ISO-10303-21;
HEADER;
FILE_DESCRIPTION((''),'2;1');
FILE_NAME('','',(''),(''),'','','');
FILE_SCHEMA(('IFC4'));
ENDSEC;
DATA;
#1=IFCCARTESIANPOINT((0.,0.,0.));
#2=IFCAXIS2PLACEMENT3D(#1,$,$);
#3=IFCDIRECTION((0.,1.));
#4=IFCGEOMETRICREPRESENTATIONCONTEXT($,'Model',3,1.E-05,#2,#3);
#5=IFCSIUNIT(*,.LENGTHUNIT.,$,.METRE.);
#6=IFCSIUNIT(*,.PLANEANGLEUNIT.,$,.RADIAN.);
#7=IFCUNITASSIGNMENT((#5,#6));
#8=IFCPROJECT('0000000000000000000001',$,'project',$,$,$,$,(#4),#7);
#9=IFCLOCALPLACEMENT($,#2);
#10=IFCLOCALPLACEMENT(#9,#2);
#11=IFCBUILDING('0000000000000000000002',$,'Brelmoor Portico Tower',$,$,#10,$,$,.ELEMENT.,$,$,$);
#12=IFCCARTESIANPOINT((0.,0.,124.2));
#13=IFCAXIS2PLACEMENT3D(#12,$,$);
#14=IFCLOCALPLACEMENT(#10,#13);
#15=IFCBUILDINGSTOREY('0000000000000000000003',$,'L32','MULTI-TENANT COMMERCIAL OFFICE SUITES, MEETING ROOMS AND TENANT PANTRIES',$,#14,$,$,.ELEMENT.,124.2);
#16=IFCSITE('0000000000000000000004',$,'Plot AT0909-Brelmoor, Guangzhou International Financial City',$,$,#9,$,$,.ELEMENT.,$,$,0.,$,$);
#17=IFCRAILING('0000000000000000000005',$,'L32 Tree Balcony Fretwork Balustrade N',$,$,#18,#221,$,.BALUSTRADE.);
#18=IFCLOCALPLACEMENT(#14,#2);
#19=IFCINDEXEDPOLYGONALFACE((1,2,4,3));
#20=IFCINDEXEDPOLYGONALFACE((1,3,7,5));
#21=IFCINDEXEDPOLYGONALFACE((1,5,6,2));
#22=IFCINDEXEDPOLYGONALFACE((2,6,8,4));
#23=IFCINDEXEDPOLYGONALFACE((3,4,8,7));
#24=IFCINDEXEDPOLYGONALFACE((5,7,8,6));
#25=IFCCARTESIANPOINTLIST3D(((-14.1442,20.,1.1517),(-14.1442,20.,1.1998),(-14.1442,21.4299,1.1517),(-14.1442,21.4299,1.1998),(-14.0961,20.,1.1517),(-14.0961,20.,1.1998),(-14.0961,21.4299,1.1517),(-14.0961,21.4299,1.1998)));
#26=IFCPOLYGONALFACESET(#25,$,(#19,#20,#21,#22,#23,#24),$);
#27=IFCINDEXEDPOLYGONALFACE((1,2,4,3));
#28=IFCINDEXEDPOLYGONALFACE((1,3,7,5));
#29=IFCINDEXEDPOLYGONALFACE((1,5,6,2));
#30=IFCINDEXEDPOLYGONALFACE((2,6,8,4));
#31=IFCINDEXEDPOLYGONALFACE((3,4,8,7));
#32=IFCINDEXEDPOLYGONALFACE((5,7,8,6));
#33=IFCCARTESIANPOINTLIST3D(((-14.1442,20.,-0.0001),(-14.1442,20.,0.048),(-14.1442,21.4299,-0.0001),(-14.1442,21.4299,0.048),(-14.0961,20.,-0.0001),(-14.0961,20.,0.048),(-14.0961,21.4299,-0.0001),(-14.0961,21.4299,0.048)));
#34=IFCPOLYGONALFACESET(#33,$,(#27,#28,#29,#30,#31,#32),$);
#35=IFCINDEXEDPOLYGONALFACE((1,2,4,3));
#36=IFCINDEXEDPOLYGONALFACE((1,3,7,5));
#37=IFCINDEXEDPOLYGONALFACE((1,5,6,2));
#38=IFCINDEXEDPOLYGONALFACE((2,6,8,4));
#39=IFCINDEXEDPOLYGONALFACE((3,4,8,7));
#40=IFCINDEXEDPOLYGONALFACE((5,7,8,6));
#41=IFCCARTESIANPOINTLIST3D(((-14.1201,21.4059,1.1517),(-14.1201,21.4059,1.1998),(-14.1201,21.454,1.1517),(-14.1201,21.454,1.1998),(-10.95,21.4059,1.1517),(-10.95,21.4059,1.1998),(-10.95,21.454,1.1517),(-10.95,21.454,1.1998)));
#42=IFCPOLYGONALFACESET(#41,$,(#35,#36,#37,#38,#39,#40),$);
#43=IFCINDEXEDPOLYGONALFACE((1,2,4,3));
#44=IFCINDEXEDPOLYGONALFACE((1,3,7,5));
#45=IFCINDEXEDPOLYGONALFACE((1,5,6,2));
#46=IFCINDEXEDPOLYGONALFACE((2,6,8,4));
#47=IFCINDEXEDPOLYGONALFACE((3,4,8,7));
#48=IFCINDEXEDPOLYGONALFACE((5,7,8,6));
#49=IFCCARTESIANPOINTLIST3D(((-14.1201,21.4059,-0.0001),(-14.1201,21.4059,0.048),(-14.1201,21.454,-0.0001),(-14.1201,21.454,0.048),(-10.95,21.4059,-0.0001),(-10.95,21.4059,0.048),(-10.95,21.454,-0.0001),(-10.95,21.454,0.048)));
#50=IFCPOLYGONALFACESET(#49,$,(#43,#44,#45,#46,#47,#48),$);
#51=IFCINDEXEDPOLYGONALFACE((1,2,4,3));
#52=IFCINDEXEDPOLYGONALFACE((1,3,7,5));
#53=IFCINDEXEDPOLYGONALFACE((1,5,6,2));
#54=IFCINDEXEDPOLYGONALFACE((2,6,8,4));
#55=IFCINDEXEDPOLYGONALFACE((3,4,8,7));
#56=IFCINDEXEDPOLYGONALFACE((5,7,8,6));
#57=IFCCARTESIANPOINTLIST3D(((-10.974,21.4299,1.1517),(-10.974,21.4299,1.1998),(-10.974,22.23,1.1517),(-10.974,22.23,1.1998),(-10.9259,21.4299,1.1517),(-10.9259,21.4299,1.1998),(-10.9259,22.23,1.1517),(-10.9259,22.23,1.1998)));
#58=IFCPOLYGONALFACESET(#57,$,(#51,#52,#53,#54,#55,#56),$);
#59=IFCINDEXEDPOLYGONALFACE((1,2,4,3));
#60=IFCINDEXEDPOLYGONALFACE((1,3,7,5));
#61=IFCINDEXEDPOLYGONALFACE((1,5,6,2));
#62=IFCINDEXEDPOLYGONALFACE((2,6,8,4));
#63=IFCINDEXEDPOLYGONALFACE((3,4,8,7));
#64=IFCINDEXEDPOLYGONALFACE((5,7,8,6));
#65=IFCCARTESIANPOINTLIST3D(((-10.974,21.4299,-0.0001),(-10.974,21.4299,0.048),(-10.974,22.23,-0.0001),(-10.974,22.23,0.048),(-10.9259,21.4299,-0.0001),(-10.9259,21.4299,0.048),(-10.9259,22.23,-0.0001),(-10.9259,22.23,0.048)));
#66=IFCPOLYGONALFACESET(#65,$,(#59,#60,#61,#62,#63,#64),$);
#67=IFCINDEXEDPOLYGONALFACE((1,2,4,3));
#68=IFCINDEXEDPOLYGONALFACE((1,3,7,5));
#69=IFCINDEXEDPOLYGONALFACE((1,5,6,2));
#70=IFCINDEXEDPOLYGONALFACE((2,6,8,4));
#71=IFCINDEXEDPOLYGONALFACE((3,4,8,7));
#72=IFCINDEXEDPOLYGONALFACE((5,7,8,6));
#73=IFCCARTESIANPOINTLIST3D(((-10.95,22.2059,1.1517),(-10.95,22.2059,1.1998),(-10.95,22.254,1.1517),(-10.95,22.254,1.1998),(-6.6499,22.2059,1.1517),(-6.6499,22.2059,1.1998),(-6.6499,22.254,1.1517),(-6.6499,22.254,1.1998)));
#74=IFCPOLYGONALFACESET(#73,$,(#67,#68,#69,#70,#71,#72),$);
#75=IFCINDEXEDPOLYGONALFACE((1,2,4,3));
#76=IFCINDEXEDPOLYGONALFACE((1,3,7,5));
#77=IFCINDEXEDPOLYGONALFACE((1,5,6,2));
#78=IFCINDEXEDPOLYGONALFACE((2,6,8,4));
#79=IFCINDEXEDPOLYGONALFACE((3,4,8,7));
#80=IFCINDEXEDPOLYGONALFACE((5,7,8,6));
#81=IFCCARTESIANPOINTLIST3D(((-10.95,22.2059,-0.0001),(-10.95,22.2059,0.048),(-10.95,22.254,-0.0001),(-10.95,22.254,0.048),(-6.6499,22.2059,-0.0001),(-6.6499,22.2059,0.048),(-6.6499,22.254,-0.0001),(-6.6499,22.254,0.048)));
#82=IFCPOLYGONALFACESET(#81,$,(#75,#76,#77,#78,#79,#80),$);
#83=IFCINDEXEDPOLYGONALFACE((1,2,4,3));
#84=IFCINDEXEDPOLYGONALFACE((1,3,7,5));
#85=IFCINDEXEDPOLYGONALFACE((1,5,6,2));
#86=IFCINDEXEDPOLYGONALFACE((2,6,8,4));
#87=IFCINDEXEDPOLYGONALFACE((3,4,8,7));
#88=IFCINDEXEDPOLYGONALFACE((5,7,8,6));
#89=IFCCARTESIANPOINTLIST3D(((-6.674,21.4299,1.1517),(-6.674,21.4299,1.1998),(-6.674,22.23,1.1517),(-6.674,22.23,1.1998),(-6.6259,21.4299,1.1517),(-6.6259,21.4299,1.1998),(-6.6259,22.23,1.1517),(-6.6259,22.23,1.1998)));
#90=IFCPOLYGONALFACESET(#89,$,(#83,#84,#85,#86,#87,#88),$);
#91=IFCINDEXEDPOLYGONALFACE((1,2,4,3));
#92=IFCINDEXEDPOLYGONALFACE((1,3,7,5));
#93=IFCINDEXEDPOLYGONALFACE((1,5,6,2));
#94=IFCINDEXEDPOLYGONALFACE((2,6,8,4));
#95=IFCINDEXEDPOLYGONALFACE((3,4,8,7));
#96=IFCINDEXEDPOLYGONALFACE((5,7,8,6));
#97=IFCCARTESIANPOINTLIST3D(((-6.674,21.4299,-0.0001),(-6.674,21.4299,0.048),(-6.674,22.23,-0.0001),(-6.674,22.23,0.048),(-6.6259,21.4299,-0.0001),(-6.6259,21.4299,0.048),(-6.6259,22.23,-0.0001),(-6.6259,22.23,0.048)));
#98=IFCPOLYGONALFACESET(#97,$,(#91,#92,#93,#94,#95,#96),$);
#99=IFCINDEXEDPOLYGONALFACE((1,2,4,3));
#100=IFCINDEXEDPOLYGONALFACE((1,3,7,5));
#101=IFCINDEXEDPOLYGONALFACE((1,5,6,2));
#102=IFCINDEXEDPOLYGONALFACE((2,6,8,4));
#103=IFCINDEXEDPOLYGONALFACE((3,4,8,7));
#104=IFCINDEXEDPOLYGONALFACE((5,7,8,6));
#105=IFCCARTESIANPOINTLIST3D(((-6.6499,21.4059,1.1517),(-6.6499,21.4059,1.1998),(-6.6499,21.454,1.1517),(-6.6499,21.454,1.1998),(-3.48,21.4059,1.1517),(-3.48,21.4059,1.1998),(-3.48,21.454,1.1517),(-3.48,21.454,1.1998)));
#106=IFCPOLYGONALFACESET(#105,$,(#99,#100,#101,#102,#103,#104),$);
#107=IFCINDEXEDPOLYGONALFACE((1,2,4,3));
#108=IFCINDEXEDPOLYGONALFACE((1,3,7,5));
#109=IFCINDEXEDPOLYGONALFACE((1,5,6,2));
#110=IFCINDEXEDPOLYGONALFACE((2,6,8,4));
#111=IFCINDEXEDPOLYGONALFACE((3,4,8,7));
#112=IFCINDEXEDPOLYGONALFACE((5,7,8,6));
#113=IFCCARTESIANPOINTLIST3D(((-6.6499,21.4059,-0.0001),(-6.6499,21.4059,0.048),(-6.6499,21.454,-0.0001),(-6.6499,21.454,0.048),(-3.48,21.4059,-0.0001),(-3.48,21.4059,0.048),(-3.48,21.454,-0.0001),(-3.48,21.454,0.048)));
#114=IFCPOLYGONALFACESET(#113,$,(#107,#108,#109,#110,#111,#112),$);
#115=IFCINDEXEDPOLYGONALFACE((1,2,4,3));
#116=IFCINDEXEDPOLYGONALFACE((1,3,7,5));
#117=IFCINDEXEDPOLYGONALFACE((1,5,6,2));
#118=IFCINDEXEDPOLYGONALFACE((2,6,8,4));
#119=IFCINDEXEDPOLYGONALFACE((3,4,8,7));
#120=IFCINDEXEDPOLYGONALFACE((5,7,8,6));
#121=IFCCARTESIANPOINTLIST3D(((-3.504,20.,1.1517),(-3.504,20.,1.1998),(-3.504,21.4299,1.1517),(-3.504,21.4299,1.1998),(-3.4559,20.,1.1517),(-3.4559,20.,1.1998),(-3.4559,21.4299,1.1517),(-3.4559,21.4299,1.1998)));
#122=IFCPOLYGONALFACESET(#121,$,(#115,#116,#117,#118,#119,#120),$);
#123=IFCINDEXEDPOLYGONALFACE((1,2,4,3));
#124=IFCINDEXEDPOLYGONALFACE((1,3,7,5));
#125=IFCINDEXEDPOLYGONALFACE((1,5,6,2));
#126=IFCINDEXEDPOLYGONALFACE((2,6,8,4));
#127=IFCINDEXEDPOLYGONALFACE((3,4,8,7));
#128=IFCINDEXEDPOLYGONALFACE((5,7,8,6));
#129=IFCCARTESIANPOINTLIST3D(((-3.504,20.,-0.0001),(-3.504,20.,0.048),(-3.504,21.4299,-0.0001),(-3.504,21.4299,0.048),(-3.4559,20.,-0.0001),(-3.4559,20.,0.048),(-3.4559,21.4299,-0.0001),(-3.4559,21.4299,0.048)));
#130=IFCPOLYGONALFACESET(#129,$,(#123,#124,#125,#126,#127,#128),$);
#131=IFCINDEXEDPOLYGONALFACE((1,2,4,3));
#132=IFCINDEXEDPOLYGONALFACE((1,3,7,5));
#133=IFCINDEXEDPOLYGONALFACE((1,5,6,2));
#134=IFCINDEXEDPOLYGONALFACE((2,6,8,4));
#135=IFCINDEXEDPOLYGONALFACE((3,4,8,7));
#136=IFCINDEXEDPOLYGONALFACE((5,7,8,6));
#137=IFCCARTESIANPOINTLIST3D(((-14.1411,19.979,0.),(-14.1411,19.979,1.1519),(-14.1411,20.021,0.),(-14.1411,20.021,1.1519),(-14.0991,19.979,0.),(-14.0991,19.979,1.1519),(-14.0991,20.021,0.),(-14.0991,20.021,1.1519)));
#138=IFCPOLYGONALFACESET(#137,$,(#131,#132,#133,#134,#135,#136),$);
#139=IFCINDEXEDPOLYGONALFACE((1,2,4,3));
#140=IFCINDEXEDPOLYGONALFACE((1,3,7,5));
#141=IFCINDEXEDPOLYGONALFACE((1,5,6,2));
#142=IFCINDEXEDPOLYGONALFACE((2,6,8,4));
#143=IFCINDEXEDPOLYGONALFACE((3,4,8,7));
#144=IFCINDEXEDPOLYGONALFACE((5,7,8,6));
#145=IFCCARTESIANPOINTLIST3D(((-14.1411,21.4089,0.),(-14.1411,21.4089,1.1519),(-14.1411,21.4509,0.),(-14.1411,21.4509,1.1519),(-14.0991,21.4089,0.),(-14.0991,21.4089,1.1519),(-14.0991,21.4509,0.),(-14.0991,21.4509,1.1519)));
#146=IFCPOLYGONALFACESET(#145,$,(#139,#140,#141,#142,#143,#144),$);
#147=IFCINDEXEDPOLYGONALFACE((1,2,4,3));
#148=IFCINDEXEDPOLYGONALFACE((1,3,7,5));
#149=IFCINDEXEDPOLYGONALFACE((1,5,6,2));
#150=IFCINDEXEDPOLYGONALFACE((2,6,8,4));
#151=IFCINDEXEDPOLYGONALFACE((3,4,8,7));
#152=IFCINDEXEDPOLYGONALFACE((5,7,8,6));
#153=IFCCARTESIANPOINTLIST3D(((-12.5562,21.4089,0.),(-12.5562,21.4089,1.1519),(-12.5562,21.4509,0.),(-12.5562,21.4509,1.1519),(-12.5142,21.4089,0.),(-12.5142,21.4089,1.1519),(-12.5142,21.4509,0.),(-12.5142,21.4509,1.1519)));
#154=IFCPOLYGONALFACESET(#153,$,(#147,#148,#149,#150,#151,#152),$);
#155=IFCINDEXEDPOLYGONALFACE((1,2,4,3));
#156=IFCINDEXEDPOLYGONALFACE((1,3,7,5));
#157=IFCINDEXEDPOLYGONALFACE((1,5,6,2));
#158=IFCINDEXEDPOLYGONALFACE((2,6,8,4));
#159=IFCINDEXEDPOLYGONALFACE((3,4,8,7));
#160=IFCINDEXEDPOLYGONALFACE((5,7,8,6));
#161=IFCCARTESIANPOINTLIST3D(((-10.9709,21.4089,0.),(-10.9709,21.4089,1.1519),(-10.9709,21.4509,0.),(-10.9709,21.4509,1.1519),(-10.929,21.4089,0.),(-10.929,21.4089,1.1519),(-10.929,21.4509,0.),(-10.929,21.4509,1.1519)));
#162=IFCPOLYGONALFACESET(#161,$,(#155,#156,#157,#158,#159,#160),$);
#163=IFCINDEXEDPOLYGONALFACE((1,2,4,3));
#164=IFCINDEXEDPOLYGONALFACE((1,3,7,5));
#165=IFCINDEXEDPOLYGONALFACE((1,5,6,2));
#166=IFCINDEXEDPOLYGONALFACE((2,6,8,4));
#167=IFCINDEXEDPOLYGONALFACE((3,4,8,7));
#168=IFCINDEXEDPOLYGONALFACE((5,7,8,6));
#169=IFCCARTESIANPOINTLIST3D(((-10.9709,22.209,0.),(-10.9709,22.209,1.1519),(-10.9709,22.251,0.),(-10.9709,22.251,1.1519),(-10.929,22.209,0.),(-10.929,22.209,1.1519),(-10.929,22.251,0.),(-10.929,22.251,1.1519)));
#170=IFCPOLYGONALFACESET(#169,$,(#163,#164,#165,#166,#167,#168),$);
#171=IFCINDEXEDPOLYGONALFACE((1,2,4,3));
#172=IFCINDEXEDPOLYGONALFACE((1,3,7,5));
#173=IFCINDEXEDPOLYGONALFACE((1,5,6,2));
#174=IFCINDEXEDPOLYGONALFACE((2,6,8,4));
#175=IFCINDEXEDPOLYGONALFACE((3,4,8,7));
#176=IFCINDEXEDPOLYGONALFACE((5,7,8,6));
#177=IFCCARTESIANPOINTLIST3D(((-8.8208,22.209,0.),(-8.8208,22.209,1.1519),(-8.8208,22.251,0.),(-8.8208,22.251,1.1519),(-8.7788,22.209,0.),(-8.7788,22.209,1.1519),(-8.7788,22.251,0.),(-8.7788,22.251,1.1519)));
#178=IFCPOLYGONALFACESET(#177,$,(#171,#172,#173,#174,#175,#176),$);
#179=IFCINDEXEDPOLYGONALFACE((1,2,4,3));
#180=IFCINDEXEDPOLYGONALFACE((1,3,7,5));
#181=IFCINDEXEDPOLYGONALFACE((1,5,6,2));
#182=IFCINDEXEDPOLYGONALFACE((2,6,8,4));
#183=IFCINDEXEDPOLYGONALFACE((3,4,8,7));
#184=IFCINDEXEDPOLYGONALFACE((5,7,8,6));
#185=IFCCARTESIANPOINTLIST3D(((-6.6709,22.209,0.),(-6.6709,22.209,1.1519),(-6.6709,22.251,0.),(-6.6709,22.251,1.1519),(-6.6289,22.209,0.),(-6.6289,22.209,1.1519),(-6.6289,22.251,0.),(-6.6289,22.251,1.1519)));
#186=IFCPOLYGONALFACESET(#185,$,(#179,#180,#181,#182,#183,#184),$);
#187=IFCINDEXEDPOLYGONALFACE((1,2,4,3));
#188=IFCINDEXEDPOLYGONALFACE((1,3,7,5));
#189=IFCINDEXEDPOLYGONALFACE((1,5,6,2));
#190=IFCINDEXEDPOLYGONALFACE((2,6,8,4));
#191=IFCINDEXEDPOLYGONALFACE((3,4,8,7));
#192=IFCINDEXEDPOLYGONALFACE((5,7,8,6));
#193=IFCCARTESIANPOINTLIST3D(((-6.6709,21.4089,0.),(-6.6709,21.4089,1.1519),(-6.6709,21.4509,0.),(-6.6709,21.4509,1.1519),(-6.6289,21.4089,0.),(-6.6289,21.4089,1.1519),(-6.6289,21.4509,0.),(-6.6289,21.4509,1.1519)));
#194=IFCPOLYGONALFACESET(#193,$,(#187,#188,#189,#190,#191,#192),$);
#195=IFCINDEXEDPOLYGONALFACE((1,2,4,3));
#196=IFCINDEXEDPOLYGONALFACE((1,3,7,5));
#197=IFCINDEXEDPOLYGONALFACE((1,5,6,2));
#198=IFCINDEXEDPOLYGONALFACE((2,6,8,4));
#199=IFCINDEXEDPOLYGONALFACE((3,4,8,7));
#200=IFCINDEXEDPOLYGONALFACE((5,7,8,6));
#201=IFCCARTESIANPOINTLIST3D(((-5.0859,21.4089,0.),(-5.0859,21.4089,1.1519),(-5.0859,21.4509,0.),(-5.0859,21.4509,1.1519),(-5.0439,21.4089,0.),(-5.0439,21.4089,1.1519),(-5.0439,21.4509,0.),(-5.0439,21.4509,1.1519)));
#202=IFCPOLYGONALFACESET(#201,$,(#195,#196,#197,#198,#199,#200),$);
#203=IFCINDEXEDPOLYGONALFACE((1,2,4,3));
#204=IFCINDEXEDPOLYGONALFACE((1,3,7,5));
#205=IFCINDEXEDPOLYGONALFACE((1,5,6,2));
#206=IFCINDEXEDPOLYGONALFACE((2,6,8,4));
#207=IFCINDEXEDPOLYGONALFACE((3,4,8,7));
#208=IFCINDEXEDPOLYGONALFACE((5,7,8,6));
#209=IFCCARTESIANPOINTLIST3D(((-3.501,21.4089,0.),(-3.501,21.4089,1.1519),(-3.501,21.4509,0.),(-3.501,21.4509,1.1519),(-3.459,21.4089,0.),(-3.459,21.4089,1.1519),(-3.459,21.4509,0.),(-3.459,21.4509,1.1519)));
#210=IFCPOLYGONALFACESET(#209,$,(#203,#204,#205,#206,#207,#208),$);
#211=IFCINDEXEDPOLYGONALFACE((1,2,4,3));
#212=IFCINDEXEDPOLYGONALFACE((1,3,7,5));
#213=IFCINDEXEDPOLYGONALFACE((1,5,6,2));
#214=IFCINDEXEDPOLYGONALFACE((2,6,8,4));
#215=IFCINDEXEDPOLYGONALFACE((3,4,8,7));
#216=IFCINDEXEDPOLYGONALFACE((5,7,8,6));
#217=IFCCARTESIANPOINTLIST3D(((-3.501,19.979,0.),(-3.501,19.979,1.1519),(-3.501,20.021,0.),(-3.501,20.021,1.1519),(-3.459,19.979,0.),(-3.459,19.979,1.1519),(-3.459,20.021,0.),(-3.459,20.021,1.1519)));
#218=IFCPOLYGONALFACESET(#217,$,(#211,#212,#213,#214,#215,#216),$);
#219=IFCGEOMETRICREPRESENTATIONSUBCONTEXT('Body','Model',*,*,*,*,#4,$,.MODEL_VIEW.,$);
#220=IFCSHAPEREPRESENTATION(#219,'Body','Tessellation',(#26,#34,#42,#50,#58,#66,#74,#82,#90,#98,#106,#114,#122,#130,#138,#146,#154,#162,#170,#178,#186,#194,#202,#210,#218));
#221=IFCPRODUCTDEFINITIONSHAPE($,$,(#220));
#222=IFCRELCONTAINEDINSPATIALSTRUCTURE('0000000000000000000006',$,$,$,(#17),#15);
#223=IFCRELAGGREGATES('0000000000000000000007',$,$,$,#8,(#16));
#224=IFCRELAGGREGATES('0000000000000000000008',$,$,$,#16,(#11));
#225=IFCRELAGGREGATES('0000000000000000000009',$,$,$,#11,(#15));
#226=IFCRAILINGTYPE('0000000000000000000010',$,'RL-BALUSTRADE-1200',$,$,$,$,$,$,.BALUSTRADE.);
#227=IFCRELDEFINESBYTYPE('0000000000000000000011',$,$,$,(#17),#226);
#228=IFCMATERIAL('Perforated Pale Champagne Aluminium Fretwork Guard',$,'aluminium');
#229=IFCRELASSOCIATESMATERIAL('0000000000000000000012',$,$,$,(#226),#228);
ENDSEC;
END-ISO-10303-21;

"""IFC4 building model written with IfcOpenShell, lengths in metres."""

from ifc_helpers import new_model, si_unit, direction, frame, origin, origin_2d, place, context, subcontext, project, spatial, rectangle, extrude, material, type_object, element, save


model = new_model("IFC4")

# Units and contexts
model_context = context("Model", 3, precision=1e-05, world=origin(), true_north=direction((0.0, 1.0)))
body_context = subcontext(model_context, "Body", "Model", "MODEL_VIEW")
ifc_project = project(units=[si_unit("LENGTHUNIT", "METRE"), si_unit("PLANEANGLEUNIT", "RADIAN")], contexts=[model_context])

# Site, building, storey
site_placement = place(None, origin())
site = spatial("IfcSite", under=ifc_project, at=site_placement, Name="Plot AT0909-Brelmoor, Guangzhou International Financial City", CompositionType="ELEMENT", RefElevation=0.0)
building_placement = place(site_placement, origin())
building = spatial("IfcBuilding", under=site, at=building_placement, Name="Brelmoor Portico Tower", CompositionType="ELEMENT")
storey_placement = place(building_placement, frame((0.0, 0.0, 124.2)))
storey = spatial("IfcBuildingStorey", under=building, at=storey_placement, Name="L32", Description="MULTI-TENANT COMMERCIAL OFFICE SUITES, MEETING ROOMS AND TENANT PANTRIES", CompositionType="ELEMENT", Elevation=124.2)

# Railing
ifc_material_1 = material(Name="Perforated Pale Champagne Aluminium Fretwork Guard", Category="aluminium")
railing_type = type_object("IfcRailingType", Name="RL-BALUSTRADE-1200", PredefinedType="BALUSTRADE", material=ifc_material_1)
railing_placement = place(storey_placement, frame((-14.1201, 20.0, 0.0)))
element("IfcRailing", 1, at=railing_placement, inside=storey, type_object=railing_type, Name="L32 Tree Balcony Fretwork Balustrade N", PredefinedType="BALUSTRADE", context=body_context, shape_type="SweptSolid", body=[
    extrude(rectangle(XDim=0.0481, YDim=0.0481, at=origin_2d()), frame((0.0, 0.0, 1.1758), z_axis=(0.0, 1.0, 0.0), x_axis=(-1.0, 0.0, 0.0)), (0.0, 0.0, 1.0), 1.4299),
    extrude(rectangle(XDim=0.0481, YDim=0.0481, at=origin_2d()), frame((0.0, 0.0, 0.0239), z_axis=(0.0, 1.0, 0.0), x_axis=(-1.0, 0.0, 0.0)), (0.0, 0.0, 1.0), 1.4299),
    extrude(rectangle(XDim=0.0481, YDim=0.0481, at=origin_2d()), frame((0.0, 1.4299, 1.1758), z_axis=(1.0, 0.0, 0.0), x_axis=(0.0, 1.0, 0.0)), (0.0, 0.0, 1.0), 3.1702),
    extrude(rectangle(XDim=0.0481, YDim=0.0481, at=origin_2d()), frame((0.0, 1.4299, 0.0239), z_axis=(1.0, 0.0, 0.0), x_axis=(0.0, 1.0, 0.0)), (0.0, 0.0, 1.0), 3.1702),
    extrude(rectangle(XDim=0.0481, YDim=0.0481, at=origin_2d()), frame((3.1702, 1.4299, 1.1758), z_axis=(0.0, 1.0, 0.0), x_axis=(-1.0, 0.0, 0.0)), (0.0, 0.0, 1.0), 0.8),
    extrude(rectangle(XDim=0.0481, YDim=0.0481, at=origin_2d()), frame((3.1702, 1.4299, 0.0239), z_axis=(0.0, 1.0, 0.0), x_axis=(-1.0, 0.0, 0.0)), (0.0, 0.0, 1.0), 0.8),
    extrude(rectangle(XDim=0.0481, YDim=0.0481, at=origin_2d()), frame((3.1702, 2.23, 1.1758), z_axis=(1.0, 0.0, 0.0), x_axis=(0.0, 1.0, 0.0)), (0.0, 0.0, 1.0), 4.3),
    extrude(rectangle(XDim=0.0481, YDim=0.0481, at=origin_2d()), frame((3.1702, 2.23, 0.0239), z_axis=(1.0, 0.0, 0.0), x_axis=(0.0, 1.0, 0.0)), (0.0, 0.0, 1.0), 4.3),
    extrude(rectangle(XDim=0.0481, YDim=0.0481, at=origin_2d()), frame((7.4702, 2.23, 1.1758), z_axis=(0.0, -1.0, 0.0), x_axis=(1.0, 0.0, 0.0)), (0.0, 0.0, 1.0), 0.8),
    extrude(rectangle(XDim=0.0481, YDim=0.0481, at=origin_2d()), frame((7.4702, 2.23, 0.0239), z_axis=(0.0, -1.0, 0.0), x_axis=(1.0, 0.0, 0.0)), (0.0, 0.0, 1.0), 0.8),
    extrude(rectangle(XDim=0.0481, YDim=0.0481, at=origin_2d()), frame((7.4702, 1.4299, 1.1758), z_axis=(1.0, 0.0, 0.0), x_axis=(0.0, 1.0, 0.0)), (0.0, 0.0, 1.0), 3.1699),
    extrude(rectangle(XDim=0.0481, YDim=0.0481, at=origin_2d()), frame((7.4702, 1.4299, 0.0239), z_axis=(1.0, 0.0, 0.0), x_axis=(0.0, 1.0, 0.0)), (0.0, 0.0, 1.0), 3.1699),
    extrude(rectangle(XDim=0.0481, YDim=0.0481, at=origin_2d()), frame((10.6401, 1.4299, 1.1758), z_axis=(0.0, -1.0, 0.0), x_axis=(1.0, 0.0, 0.0)), (0.0, 0.0, 1.0), 1.4299),
    extrude(rectangle(XDim=0.0481, YDim=0.0481, at=origin_2d()), frame((10.6401, 1.4299, 0.0239), z_axis=(0.0, -1.0, 0.0), x_axis=(1.0, 0.0, 0.0)), (0.0, 0.0, 1.0), 1.4299),
    extrude(rectangle(XDim=0.042, YDim=0.042, at=origin_2d()), origin(), (0.0, 0.0, 1.0), 1.1519),
    extrude(rectangle(XDim=0.042, YDim=0.042, at=origin_2d()), frame((0.0, 1.4299, 0.0)), (0.0, 0.0, 1.0), 1.1519),
    extrude(rectangle(XDim=0.042, YDim=0.042, at=origin_2d()), frame((1.585, 1.4299, 0.0)), (0.0, 0.0, 1.0), 1.1519),
    extrude(rectangle(XDim=0.042, YDim=0.042, at=origin_2d()), frame((3.1702, 1.4299, 0.0)), (0.0, 0.0, 1.0), 1.1519),
    extrude(rectangle(XDim=0.042, YDim=0.042, at=origin_2d()), frame((3.1702, 2.23, 0.0)), (0.0, 0.0, 1.0), 1.1519),
    extrude(rectangle(XDim=0.042, YDim=0.042, at=origin_2d()), frame((5.3203, 2.23, 0.0)), (0.0, 0.0, 1.0), 1.1519),
    extrude(rectangle(XDim=0.042, YDim=0.042, at=origin_2d()), frame((7.4702, 2.23, 0.0)), (0.0, 0.0, 1.0), 1.1519),
    extrude(rectangle(XDim=0.042, YDim=0.042, at=origin_2d()), frame((7.4702, 1.4299, 0.0)), (0.0, 0.0, 1.0), 1.1519),
    extrude(rectangle(XDim=0.042, YDim=0.042, at=origin_2d()), frame((9.0552, 1.4299, 0.0)), (0.0, 0.0, 1.0), 1.1519),
    extrude(rectangle(XDim=0.042, YDim=0.042, at=origin_2d()), frame((10.6401, 1.4299, 0.0)), (0.0, 0.0, 1.0), 1.1519),
    extrude(rectangle(XDim=0.042, YDim=0.042, at=origin_2d()), frame((10.6401, 0.0, 0.0)), (0.0, 0.0, 1.0), 1.1519),
])

save(model, "model.ifc")
